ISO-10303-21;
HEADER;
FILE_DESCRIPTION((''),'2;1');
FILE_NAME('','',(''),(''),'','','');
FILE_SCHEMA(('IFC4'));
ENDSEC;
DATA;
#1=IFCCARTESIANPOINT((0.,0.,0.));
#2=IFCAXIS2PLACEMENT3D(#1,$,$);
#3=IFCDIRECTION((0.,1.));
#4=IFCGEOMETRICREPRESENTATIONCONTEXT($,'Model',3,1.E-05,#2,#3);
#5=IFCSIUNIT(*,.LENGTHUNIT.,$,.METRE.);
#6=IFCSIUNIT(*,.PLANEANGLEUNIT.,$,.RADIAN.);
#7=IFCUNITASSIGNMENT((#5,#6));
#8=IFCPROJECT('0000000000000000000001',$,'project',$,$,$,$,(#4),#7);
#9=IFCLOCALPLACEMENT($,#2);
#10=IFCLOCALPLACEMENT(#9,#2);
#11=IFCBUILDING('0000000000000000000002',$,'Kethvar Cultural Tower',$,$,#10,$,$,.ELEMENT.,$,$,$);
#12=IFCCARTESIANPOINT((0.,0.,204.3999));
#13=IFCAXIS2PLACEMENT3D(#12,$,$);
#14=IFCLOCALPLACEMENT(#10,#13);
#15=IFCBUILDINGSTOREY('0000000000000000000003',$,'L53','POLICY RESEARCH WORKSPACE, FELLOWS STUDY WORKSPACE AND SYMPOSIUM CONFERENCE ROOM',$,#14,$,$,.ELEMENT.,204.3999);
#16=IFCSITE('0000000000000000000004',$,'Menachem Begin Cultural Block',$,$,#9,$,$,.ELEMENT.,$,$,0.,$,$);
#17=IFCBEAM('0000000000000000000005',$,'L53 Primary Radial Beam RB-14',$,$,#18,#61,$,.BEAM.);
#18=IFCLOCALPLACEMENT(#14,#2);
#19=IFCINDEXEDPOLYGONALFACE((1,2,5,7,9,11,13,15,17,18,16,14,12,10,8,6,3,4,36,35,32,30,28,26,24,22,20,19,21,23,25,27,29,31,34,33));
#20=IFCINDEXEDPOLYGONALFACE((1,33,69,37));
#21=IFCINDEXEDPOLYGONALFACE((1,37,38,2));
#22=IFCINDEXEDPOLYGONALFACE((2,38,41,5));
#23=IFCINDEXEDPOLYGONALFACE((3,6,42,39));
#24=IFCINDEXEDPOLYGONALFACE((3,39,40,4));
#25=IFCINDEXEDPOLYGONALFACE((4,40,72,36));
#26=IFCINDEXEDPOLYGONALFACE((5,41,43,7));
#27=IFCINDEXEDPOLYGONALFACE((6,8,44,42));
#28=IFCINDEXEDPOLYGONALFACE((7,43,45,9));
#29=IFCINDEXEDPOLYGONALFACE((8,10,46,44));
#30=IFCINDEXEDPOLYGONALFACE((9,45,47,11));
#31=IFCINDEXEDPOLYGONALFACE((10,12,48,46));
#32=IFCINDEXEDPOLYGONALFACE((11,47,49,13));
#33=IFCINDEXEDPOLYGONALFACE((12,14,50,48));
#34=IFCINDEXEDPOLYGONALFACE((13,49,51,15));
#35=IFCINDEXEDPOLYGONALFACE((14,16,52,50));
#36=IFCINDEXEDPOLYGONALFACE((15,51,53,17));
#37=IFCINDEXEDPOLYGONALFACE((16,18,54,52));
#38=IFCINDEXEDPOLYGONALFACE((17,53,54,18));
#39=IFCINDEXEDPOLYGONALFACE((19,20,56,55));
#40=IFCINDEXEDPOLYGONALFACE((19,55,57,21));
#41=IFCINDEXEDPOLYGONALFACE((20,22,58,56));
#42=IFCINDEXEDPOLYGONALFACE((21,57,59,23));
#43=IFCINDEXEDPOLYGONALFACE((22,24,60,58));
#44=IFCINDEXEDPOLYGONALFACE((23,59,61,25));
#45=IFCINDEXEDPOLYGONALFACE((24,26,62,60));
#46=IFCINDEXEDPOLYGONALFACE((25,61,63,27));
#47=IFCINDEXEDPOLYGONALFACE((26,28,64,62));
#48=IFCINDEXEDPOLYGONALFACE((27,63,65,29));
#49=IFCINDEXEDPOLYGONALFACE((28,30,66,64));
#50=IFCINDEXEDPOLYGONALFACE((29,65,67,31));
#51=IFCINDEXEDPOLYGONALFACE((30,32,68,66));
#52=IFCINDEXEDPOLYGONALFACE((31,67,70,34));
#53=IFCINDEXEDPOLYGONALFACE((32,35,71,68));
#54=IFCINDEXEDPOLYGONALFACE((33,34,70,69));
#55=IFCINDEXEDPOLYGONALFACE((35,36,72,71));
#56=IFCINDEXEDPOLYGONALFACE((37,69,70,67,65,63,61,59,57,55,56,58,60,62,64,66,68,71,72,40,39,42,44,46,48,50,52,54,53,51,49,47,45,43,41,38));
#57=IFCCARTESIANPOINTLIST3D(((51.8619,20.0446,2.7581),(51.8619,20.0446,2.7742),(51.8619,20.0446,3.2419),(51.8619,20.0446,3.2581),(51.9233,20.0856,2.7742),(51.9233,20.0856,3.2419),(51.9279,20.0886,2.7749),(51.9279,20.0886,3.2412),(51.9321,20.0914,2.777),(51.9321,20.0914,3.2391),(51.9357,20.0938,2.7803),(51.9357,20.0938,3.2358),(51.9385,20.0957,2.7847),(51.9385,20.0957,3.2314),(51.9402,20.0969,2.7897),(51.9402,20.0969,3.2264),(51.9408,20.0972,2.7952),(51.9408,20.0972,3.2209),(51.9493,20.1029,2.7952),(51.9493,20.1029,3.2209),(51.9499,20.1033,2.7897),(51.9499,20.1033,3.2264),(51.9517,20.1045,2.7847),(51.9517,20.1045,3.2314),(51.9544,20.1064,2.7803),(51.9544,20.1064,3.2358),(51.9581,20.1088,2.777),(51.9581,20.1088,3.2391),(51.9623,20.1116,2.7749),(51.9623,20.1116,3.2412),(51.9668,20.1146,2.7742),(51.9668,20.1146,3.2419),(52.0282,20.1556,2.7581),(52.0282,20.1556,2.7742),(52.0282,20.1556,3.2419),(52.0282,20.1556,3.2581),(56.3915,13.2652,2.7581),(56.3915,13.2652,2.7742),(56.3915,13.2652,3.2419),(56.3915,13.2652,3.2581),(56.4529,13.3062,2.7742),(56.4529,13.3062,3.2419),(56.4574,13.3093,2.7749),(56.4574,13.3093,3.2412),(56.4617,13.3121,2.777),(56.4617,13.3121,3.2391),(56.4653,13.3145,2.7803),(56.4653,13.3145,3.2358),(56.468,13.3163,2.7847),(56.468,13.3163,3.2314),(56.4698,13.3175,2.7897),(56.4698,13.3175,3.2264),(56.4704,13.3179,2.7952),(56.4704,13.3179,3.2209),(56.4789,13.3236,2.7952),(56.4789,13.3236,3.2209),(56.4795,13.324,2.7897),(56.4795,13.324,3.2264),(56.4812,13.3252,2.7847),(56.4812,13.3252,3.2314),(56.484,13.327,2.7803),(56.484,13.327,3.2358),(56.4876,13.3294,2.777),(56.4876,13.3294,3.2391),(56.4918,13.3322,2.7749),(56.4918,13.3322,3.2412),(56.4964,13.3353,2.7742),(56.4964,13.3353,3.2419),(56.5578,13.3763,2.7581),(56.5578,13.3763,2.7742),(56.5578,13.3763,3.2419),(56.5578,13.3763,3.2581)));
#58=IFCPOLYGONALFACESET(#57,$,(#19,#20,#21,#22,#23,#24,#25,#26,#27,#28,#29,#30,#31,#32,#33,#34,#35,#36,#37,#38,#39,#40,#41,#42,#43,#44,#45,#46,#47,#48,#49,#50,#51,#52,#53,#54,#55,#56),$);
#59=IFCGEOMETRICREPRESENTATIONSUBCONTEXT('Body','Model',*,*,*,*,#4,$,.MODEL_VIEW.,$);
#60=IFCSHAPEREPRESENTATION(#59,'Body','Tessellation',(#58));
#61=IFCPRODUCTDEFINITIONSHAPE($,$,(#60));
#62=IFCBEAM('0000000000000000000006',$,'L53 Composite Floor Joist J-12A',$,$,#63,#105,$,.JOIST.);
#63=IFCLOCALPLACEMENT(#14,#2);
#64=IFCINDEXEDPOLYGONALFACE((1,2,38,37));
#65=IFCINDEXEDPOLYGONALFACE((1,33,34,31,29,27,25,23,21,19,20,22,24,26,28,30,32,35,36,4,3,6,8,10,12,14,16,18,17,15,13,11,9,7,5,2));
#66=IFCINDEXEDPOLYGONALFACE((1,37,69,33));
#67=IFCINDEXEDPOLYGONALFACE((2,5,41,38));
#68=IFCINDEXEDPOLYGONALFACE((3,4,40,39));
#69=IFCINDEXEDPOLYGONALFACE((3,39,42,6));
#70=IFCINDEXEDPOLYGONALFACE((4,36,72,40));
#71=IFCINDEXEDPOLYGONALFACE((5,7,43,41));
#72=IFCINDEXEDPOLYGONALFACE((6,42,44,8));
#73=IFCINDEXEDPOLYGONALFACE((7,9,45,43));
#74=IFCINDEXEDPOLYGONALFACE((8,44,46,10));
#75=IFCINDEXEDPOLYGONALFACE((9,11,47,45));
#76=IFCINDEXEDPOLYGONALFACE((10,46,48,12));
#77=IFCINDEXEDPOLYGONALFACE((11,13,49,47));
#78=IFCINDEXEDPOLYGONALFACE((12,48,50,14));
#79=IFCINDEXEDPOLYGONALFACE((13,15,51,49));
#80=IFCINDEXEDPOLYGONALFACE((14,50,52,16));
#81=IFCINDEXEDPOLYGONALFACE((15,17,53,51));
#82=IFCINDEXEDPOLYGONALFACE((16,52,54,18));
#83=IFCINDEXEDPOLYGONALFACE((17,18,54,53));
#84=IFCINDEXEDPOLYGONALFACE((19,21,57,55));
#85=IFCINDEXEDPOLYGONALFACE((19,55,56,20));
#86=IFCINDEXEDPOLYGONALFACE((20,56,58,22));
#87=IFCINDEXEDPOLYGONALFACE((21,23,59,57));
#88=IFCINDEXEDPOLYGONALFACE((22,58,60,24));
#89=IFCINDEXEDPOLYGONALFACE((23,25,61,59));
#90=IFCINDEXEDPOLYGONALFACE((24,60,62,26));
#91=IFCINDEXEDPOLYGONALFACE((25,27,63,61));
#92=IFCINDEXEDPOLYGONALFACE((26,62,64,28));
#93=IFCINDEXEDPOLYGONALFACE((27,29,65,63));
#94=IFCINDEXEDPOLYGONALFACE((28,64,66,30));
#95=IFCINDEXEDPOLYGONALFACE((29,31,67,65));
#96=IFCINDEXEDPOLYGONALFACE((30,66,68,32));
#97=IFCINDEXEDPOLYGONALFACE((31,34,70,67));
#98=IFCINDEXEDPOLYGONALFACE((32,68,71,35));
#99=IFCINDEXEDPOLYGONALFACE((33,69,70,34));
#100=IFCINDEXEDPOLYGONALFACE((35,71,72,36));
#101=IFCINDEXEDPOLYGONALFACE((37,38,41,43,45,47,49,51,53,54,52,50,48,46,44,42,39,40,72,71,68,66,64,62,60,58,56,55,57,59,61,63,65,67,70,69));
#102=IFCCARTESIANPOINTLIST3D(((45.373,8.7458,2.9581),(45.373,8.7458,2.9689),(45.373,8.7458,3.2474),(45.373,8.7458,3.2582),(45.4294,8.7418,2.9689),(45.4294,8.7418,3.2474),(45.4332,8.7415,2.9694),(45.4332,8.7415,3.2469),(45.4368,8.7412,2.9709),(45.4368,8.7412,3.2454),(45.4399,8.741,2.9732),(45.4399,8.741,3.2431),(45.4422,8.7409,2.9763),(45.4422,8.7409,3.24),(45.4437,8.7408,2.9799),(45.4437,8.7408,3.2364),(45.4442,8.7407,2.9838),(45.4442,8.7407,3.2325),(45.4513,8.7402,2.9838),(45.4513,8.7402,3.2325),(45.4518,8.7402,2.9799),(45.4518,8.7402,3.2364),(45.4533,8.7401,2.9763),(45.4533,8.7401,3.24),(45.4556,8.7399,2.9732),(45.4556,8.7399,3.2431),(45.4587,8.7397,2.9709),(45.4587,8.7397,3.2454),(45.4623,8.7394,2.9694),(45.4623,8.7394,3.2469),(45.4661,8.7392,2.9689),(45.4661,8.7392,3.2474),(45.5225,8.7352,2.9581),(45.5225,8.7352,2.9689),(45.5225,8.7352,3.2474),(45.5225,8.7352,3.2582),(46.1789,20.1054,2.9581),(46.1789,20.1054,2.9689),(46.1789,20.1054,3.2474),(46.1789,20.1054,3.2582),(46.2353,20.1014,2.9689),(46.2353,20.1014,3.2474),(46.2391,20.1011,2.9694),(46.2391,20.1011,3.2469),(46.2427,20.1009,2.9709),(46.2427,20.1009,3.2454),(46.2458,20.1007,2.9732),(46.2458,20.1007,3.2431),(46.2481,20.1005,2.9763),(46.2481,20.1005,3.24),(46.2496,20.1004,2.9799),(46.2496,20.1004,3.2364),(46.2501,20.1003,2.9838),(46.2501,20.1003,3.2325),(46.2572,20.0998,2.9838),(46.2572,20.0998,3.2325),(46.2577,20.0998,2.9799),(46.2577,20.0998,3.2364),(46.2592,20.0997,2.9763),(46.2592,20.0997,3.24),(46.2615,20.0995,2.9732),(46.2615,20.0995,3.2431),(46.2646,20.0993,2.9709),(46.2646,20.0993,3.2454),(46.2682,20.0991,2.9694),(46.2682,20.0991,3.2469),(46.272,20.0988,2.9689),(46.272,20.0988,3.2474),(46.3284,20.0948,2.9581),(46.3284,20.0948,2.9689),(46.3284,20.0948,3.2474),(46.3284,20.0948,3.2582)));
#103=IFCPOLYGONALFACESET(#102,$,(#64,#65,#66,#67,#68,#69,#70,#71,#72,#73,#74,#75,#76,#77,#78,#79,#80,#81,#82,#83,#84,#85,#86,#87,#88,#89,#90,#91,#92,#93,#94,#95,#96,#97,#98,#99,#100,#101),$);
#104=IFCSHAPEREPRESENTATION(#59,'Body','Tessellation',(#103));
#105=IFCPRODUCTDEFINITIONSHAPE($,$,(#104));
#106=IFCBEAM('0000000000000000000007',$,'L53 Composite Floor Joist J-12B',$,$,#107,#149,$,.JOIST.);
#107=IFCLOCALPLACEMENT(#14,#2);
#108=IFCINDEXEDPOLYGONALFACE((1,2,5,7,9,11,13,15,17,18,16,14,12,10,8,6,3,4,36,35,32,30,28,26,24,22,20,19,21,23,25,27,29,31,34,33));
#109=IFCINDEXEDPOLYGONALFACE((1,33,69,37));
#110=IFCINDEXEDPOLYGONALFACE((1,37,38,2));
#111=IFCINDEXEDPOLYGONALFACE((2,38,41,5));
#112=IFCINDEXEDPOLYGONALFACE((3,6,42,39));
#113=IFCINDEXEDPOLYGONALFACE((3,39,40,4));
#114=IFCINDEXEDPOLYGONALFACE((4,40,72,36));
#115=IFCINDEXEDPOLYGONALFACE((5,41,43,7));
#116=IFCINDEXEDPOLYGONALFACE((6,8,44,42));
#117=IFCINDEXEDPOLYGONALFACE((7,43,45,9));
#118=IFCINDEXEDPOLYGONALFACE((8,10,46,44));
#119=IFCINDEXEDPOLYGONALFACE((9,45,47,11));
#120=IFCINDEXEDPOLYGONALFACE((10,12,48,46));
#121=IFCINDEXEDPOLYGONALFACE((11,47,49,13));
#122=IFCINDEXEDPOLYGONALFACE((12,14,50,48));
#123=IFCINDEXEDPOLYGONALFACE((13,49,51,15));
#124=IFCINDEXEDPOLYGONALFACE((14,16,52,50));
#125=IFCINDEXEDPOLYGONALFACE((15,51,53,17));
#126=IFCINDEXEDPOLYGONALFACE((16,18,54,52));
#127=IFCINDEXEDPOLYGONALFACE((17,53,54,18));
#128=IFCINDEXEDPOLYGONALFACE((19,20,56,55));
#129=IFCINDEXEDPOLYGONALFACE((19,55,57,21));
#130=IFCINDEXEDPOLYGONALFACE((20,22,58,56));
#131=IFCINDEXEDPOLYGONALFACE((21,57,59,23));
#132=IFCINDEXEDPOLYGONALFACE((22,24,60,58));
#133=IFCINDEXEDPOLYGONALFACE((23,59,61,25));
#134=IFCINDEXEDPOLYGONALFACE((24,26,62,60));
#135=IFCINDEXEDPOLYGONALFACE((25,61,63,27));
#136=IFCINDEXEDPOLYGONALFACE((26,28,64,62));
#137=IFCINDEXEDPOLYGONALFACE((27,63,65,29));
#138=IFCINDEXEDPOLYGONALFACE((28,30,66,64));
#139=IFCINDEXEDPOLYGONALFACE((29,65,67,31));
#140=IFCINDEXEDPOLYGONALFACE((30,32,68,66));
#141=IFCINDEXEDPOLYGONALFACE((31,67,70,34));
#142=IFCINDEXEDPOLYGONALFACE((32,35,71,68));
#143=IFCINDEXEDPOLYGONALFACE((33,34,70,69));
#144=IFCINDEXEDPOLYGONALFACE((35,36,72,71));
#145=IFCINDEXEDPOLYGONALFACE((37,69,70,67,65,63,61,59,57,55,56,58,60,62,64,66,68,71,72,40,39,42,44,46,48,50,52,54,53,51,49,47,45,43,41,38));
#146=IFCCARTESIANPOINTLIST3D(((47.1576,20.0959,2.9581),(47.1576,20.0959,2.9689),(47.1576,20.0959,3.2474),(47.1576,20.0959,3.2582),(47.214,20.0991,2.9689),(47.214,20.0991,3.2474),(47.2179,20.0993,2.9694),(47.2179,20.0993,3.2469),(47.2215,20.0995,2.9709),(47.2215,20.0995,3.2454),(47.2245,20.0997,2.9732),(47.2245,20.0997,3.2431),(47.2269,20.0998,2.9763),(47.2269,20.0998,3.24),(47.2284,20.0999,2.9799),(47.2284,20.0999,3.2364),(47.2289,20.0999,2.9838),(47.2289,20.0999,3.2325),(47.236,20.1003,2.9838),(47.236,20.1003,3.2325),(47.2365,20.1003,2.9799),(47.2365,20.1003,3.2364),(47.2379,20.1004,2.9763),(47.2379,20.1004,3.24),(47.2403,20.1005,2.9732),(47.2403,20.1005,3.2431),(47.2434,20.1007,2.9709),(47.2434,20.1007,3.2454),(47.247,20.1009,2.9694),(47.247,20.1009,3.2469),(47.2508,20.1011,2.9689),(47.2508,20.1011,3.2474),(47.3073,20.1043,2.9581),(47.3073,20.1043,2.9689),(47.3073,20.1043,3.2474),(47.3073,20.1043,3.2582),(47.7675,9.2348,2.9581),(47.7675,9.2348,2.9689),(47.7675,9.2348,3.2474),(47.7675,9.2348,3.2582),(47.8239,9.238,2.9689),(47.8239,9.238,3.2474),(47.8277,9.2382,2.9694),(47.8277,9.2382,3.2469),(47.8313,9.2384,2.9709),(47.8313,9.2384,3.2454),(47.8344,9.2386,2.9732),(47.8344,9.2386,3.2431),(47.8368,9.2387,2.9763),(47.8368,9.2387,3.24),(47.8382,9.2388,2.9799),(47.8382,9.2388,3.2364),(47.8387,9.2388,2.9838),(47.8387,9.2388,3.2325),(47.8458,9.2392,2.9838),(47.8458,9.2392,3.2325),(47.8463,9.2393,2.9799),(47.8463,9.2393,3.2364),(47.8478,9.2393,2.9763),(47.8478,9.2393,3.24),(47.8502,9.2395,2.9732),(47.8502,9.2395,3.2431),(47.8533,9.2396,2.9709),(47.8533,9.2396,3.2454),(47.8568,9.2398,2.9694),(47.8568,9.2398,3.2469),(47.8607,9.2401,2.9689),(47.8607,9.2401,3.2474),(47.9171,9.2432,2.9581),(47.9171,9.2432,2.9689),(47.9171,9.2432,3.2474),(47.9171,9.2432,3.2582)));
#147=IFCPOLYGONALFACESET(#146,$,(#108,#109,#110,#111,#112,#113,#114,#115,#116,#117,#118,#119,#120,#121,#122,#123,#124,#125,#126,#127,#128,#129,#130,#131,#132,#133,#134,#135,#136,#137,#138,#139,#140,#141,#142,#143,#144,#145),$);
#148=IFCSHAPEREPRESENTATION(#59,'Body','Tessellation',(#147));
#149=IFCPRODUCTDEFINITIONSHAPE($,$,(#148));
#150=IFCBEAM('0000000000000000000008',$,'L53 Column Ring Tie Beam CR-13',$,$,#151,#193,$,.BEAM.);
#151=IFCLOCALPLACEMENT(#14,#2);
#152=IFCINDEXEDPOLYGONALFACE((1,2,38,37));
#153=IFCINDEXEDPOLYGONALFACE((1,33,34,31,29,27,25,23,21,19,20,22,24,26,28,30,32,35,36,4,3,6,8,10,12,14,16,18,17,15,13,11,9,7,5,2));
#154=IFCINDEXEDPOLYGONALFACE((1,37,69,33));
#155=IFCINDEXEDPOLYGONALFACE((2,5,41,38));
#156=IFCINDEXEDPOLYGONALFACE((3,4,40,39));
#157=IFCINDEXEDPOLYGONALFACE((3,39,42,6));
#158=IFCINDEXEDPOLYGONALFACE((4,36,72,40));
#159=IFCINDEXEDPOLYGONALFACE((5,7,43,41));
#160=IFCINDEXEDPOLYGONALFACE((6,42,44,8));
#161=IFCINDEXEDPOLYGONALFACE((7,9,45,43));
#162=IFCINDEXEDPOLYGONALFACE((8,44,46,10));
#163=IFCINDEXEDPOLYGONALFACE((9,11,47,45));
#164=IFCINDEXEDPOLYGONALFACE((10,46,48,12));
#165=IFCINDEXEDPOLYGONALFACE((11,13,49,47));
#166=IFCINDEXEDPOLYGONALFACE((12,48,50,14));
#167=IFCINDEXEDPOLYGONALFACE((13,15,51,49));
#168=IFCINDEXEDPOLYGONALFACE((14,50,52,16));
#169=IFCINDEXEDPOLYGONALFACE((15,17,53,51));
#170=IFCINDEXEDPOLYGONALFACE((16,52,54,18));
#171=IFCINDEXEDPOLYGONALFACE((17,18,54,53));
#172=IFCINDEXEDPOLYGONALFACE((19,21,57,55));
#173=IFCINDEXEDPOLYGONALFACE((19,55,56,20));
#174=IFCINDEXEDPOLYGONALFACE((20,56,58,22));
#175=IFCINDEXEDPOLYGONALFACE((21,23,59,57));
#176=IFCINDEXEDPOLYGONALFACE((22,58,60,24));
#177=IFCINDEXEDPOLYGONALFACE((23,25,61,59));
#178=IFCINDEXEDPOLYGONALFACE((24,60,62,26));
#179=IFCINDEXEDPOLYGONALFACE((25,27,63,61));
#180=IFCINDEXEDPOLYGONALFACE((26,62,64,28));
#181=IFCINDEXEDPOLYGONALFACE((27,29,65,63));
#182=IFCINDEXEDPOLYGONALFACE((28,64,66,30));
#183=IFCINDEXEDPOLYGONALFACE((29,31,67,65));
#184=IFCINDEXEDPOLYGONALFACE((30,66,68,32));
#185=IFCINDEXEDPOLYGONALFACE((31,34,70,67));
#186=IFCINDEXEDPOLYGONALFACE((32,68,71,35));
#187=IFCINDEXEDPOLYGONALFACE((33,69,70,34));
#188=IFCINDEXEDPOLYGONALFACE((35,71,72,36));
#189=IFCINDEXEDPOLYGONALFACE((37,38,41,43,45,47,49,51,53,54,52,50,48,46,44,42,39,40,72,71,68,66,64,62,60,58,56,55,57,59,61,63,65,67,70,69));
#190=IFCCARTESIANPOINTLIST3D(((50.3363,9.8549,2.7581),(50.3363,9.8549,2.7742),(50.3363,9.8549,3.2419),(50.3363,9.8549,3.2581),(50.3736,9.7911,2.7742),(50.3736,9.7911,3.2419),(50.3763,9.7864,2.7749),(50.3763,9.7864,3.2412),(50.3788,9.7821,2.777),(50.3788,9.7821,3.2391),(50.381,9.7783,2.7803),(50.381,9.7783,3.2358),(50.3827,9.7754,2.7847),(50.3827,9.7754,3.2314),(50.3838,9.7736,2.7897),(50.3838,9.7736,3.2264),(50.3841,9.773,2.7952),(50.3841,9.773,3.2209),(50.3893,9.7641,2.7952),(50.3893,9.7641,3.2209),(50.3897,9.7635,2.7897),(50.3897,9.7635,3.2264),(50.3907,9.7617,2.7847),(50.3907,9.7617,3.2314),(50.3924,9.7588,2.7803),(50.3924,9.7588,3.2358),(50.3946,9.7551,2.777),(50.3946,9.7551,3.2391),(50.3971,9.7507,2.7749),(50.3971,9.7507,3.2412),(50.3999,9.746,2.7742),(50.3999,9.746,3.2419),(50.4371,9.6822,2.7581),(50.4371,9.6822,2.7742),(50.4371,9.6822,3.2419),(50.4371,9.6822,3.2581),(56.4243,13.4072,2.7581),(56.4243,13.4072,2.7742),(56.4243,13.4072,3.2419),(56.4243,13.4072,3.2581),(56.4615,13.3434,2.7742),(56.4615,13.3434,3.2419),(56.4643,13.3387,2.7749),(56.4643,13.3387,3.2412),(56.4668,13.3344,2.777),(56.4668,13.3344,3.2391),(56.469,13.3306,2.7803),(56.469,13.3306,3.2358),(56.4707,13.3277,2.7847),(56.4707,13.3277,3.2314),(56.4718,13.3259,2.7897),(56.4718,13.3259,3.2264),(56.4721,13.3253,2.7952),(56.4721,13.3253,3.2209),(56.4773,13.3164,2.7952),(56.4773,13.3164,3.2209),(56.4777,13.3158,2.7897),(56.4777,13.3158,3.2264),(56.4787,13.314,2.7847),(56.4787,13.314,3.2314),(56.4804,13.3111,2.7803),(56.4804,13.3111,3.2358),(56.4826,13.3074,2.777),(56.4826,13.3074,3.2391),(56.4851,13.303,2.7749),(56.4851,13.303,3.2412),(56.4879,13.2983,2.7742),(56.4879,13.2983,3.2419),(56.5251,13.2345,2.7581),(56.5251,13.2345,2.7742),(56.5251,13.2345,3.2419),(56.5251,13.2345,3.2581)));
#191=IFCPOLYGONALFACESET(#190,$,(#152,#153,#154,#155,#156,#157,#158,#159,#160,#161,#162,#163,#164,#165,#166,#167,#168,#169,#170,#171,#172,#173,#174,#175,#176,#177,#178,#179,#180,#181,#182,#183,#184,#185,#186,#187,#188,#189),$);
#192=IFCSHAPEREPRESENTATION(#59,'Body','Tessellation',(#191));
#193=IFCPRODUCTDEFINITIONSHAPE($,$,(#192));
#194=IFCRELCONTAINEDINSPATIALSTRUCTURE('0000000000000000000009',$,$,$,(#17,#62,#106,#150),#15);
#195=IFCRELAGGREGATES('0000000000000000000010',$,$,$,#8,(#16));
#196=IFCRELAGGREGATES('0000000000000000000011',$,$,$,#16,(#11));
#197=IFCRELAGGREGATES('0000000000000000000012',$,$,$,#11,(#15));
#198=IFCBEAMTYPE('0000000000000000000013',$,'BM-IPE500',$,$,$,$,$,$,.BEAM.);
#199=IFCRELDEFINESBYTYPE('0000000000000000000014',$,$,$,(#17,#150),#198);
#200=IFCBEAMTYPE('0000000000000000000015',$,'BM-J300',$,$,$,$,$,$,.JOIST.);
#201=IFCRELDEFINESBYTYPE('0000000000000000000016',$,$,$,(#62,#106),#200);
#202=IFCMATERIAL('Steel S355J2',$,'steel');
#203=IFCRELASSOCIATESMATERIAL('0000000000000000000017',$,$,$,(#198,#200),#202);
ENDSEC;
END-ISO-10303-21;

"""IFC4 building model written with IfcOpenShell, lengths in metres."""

from ifc_helpers import new_model, si_unit, direction, frame, origin, origin_2d, place, context, subcontext, project, spatial, i_section, extrude, source, transform, mapped, material, material_profile, profile_set, type_object, element, save


model = new_model("IFC4")

# Units and contexts
model_context = context("Model", 3, precision=1e-05, world=origin(), true_north=direction((0.0, 1.0)))
body_context = subcontext(model_context, "Body", "Model", "MODEL_VIEW")
ifc_project = project(units=[si_unit("LENGTHUNIT", "METRE"), si_unit("PLANEANGLEUNIT", "RADIAN")], contexts=[model_context])

# Site, building, storey
site_placement = place(None, origin())
site = spatial("IfcSite", under=ifc_project, at=site_placement, Name="Menachem Begin Cultural Block", CompositionType="ELEMENT", RefElevation=0.0)
building_placement = place(site_placement, origin())
building = spatial("IfcBuilding", under=site, at=building_placement, Name="Kethvar Cultural Tower", CompositionType="ELEMENT")
storey_placement = place(building_placement, frame((0.0, 0.0, 204.3999)))
storey = spatial("IfcBuildingStorey", under=building, at=storey_placement, Name="L53", Description="POLICY RESEARCH WORKSPACE, FELLOWS STUDY WORKSPACE AND SYMPOSIUM CONFERENCE ROOM", CompositionType="ELEMENT", Elevation=204.3999)

# Beams
ifc_material_1 = material(Name="Steel S355J2", Category="steel")
ifc_material_profile_1 = material_profile(ifc_material_1, i_section(OverallWidth=0.2, OverallDepth=0.5, WebThickness=0.0103, FlangeThickness=0.0161, FilletRadius=0.021, at=origin_2d()), Name="Steel S355J2 — IPE500")
ifc_profile_set_1 = profile_set([ifc_material_profile_1], Name="Steel S355J2 — IPE500")
beam_type_1 = type_object("IfcBeamType", Name="BM-IPE500", PredefinedType="BEAM", material=ifc_profile_set_1)
shared_shape_1 = source(origin(), body_context, "Body", "SweptSolid", [
    extrude(i_section(OverallWidth=0.2, OverallDepth=0.5, WebThickness=0.0103, FlangeThickness=0.0161, FilletRadius=0.021, at=origin_2d()), origin(), (0.0, 0.0, 1.0), 8.1533),
])
beam_1_placement = place(storey_placement, frame((51.9451, 20.1001, 3.0081), z_axis=(0.55555, -0.831483, 0.0), x_axis=(0.831483, 0.55555, 0.0)))
element("IfcBeam", 1, at=beam_1_placement, inside=storey, type_object=beam_type_1, Name="L53 Primary Radial Beam RB-14", PredefinedType="BEAM", context=body_context, shape_type="MappedRepresentation", body=[
    mapped(shared_shape_1, transform((0.0, 0.0, 0.0), scale=1.0)),
])
ifc_material_profile_2 = material_profile(ifc_material_1, i_section(OverallWidth=0.1499, OverallDepth=0.3, WebThickness=0.0071, FlangeThickness=0.0107, FilletRadius=0.0149, at=origin_2d()), Name="Steel S355J2 — IPE300")
ifc_profile_set_2 = profile_set([ifc_material_profile_2], Name="Steel S355J2 — IPE300")
beam_type_2 = type_object("IfcBeamType", Name="BM-J300", PredefinedType="JOIST", material=ifc_profile_set_2)
shared_shape_2 = source(origin(), body_context, "Body", "SweptSolid", [
    extrude(i_section(OverallWidth=0.1499, OverallDepth=0.3, WebThickness=0.0071, FlangeThickness=0.0107, FilletRadius=0.0149, at=origin_2d()), origin(), (0.0, 0.0, 1.0), 11.3882),
])
beam_2_placement = place(storey_placement, frame((46.2537, 20.1001, 3.1082), z_axis=(-0.070767, -0.997493, 0.0), x_axis=(0.997493, -0.070767, 0.0)))
element("IfcBeam", 2, at=beam_2_placement, inside=storey, type_object=beam_type_2, Name="L53 Composite Floor Joist J-12A", PredefinedType="JOIST", context=body_context, shape_type="MappedRepresentation", body=[
    mapped(shared_shape_2, transform((0.0, 0.0, 0.0), scale=1.0)),
])
shared_shape_3 = source(origin(), body_context, "Body", "SweptSolid", [
    extrude(i_section(OverallWidth=0.1499, OverallDepth=0.3, WebThickness=0.0071, FlangeThickness=0.0107, FilletRadius=0.0149, at=origin_2d()), origin(), (0.0, 0.0, 1.0), 10.8782),
])
beam_3_placement = place(storey_placement, frame((47.2324, 20.1001, 3.1082), z_axis=(0.056063, -0.998427, 0.0), x_axis=(0.998427, 0.056063, 0.0)))
element("IfcBeam", 3, at=beam_3_placement, inside=storey, type_object=beam_type_2, Name="L53 Composite Floor Joist J-12B", PredefinedType="JOIST", context=body_context, shape_type="MappedRepresentation", body=[
    mapped(shared_shape_3, transform((0.0, 0.0, 0.0), scale=1.0)),
])
shared_shape_4 = source(origin(), body_context, "Body", "SweptSolid", [
    extrude(i_section(OverallWidth=0.2, OverallDepth=0.5, WebThickness=0.0103, FlangeThickness=0.0161, FilletRadius=0.021, at=origin_2d()), origin(), (0.0, 0.0, 1.0), 7.0486),
])
beam_4_placement = place(storey_placement, frame((50.3867, 9.7686, 3.0081), z_axis=(0.863719, 0.503974, 0.0), x_axis=(-0.503974, 0.863719, 0.0)))
element("IfcBeam", 4, at=beam_4_placement, inside=storey, type_object=beam_type_1, Name="L53 Column Ring Tie Beam CR-13", PredefinedType="BEAM", context=body_context, shape_type="MappedRepresentation", body=[
    mapped(shared_shape_4, transform((0.0, 0.0, 0.0), scale=1.0)),
])

save(model, "model.ifc")
